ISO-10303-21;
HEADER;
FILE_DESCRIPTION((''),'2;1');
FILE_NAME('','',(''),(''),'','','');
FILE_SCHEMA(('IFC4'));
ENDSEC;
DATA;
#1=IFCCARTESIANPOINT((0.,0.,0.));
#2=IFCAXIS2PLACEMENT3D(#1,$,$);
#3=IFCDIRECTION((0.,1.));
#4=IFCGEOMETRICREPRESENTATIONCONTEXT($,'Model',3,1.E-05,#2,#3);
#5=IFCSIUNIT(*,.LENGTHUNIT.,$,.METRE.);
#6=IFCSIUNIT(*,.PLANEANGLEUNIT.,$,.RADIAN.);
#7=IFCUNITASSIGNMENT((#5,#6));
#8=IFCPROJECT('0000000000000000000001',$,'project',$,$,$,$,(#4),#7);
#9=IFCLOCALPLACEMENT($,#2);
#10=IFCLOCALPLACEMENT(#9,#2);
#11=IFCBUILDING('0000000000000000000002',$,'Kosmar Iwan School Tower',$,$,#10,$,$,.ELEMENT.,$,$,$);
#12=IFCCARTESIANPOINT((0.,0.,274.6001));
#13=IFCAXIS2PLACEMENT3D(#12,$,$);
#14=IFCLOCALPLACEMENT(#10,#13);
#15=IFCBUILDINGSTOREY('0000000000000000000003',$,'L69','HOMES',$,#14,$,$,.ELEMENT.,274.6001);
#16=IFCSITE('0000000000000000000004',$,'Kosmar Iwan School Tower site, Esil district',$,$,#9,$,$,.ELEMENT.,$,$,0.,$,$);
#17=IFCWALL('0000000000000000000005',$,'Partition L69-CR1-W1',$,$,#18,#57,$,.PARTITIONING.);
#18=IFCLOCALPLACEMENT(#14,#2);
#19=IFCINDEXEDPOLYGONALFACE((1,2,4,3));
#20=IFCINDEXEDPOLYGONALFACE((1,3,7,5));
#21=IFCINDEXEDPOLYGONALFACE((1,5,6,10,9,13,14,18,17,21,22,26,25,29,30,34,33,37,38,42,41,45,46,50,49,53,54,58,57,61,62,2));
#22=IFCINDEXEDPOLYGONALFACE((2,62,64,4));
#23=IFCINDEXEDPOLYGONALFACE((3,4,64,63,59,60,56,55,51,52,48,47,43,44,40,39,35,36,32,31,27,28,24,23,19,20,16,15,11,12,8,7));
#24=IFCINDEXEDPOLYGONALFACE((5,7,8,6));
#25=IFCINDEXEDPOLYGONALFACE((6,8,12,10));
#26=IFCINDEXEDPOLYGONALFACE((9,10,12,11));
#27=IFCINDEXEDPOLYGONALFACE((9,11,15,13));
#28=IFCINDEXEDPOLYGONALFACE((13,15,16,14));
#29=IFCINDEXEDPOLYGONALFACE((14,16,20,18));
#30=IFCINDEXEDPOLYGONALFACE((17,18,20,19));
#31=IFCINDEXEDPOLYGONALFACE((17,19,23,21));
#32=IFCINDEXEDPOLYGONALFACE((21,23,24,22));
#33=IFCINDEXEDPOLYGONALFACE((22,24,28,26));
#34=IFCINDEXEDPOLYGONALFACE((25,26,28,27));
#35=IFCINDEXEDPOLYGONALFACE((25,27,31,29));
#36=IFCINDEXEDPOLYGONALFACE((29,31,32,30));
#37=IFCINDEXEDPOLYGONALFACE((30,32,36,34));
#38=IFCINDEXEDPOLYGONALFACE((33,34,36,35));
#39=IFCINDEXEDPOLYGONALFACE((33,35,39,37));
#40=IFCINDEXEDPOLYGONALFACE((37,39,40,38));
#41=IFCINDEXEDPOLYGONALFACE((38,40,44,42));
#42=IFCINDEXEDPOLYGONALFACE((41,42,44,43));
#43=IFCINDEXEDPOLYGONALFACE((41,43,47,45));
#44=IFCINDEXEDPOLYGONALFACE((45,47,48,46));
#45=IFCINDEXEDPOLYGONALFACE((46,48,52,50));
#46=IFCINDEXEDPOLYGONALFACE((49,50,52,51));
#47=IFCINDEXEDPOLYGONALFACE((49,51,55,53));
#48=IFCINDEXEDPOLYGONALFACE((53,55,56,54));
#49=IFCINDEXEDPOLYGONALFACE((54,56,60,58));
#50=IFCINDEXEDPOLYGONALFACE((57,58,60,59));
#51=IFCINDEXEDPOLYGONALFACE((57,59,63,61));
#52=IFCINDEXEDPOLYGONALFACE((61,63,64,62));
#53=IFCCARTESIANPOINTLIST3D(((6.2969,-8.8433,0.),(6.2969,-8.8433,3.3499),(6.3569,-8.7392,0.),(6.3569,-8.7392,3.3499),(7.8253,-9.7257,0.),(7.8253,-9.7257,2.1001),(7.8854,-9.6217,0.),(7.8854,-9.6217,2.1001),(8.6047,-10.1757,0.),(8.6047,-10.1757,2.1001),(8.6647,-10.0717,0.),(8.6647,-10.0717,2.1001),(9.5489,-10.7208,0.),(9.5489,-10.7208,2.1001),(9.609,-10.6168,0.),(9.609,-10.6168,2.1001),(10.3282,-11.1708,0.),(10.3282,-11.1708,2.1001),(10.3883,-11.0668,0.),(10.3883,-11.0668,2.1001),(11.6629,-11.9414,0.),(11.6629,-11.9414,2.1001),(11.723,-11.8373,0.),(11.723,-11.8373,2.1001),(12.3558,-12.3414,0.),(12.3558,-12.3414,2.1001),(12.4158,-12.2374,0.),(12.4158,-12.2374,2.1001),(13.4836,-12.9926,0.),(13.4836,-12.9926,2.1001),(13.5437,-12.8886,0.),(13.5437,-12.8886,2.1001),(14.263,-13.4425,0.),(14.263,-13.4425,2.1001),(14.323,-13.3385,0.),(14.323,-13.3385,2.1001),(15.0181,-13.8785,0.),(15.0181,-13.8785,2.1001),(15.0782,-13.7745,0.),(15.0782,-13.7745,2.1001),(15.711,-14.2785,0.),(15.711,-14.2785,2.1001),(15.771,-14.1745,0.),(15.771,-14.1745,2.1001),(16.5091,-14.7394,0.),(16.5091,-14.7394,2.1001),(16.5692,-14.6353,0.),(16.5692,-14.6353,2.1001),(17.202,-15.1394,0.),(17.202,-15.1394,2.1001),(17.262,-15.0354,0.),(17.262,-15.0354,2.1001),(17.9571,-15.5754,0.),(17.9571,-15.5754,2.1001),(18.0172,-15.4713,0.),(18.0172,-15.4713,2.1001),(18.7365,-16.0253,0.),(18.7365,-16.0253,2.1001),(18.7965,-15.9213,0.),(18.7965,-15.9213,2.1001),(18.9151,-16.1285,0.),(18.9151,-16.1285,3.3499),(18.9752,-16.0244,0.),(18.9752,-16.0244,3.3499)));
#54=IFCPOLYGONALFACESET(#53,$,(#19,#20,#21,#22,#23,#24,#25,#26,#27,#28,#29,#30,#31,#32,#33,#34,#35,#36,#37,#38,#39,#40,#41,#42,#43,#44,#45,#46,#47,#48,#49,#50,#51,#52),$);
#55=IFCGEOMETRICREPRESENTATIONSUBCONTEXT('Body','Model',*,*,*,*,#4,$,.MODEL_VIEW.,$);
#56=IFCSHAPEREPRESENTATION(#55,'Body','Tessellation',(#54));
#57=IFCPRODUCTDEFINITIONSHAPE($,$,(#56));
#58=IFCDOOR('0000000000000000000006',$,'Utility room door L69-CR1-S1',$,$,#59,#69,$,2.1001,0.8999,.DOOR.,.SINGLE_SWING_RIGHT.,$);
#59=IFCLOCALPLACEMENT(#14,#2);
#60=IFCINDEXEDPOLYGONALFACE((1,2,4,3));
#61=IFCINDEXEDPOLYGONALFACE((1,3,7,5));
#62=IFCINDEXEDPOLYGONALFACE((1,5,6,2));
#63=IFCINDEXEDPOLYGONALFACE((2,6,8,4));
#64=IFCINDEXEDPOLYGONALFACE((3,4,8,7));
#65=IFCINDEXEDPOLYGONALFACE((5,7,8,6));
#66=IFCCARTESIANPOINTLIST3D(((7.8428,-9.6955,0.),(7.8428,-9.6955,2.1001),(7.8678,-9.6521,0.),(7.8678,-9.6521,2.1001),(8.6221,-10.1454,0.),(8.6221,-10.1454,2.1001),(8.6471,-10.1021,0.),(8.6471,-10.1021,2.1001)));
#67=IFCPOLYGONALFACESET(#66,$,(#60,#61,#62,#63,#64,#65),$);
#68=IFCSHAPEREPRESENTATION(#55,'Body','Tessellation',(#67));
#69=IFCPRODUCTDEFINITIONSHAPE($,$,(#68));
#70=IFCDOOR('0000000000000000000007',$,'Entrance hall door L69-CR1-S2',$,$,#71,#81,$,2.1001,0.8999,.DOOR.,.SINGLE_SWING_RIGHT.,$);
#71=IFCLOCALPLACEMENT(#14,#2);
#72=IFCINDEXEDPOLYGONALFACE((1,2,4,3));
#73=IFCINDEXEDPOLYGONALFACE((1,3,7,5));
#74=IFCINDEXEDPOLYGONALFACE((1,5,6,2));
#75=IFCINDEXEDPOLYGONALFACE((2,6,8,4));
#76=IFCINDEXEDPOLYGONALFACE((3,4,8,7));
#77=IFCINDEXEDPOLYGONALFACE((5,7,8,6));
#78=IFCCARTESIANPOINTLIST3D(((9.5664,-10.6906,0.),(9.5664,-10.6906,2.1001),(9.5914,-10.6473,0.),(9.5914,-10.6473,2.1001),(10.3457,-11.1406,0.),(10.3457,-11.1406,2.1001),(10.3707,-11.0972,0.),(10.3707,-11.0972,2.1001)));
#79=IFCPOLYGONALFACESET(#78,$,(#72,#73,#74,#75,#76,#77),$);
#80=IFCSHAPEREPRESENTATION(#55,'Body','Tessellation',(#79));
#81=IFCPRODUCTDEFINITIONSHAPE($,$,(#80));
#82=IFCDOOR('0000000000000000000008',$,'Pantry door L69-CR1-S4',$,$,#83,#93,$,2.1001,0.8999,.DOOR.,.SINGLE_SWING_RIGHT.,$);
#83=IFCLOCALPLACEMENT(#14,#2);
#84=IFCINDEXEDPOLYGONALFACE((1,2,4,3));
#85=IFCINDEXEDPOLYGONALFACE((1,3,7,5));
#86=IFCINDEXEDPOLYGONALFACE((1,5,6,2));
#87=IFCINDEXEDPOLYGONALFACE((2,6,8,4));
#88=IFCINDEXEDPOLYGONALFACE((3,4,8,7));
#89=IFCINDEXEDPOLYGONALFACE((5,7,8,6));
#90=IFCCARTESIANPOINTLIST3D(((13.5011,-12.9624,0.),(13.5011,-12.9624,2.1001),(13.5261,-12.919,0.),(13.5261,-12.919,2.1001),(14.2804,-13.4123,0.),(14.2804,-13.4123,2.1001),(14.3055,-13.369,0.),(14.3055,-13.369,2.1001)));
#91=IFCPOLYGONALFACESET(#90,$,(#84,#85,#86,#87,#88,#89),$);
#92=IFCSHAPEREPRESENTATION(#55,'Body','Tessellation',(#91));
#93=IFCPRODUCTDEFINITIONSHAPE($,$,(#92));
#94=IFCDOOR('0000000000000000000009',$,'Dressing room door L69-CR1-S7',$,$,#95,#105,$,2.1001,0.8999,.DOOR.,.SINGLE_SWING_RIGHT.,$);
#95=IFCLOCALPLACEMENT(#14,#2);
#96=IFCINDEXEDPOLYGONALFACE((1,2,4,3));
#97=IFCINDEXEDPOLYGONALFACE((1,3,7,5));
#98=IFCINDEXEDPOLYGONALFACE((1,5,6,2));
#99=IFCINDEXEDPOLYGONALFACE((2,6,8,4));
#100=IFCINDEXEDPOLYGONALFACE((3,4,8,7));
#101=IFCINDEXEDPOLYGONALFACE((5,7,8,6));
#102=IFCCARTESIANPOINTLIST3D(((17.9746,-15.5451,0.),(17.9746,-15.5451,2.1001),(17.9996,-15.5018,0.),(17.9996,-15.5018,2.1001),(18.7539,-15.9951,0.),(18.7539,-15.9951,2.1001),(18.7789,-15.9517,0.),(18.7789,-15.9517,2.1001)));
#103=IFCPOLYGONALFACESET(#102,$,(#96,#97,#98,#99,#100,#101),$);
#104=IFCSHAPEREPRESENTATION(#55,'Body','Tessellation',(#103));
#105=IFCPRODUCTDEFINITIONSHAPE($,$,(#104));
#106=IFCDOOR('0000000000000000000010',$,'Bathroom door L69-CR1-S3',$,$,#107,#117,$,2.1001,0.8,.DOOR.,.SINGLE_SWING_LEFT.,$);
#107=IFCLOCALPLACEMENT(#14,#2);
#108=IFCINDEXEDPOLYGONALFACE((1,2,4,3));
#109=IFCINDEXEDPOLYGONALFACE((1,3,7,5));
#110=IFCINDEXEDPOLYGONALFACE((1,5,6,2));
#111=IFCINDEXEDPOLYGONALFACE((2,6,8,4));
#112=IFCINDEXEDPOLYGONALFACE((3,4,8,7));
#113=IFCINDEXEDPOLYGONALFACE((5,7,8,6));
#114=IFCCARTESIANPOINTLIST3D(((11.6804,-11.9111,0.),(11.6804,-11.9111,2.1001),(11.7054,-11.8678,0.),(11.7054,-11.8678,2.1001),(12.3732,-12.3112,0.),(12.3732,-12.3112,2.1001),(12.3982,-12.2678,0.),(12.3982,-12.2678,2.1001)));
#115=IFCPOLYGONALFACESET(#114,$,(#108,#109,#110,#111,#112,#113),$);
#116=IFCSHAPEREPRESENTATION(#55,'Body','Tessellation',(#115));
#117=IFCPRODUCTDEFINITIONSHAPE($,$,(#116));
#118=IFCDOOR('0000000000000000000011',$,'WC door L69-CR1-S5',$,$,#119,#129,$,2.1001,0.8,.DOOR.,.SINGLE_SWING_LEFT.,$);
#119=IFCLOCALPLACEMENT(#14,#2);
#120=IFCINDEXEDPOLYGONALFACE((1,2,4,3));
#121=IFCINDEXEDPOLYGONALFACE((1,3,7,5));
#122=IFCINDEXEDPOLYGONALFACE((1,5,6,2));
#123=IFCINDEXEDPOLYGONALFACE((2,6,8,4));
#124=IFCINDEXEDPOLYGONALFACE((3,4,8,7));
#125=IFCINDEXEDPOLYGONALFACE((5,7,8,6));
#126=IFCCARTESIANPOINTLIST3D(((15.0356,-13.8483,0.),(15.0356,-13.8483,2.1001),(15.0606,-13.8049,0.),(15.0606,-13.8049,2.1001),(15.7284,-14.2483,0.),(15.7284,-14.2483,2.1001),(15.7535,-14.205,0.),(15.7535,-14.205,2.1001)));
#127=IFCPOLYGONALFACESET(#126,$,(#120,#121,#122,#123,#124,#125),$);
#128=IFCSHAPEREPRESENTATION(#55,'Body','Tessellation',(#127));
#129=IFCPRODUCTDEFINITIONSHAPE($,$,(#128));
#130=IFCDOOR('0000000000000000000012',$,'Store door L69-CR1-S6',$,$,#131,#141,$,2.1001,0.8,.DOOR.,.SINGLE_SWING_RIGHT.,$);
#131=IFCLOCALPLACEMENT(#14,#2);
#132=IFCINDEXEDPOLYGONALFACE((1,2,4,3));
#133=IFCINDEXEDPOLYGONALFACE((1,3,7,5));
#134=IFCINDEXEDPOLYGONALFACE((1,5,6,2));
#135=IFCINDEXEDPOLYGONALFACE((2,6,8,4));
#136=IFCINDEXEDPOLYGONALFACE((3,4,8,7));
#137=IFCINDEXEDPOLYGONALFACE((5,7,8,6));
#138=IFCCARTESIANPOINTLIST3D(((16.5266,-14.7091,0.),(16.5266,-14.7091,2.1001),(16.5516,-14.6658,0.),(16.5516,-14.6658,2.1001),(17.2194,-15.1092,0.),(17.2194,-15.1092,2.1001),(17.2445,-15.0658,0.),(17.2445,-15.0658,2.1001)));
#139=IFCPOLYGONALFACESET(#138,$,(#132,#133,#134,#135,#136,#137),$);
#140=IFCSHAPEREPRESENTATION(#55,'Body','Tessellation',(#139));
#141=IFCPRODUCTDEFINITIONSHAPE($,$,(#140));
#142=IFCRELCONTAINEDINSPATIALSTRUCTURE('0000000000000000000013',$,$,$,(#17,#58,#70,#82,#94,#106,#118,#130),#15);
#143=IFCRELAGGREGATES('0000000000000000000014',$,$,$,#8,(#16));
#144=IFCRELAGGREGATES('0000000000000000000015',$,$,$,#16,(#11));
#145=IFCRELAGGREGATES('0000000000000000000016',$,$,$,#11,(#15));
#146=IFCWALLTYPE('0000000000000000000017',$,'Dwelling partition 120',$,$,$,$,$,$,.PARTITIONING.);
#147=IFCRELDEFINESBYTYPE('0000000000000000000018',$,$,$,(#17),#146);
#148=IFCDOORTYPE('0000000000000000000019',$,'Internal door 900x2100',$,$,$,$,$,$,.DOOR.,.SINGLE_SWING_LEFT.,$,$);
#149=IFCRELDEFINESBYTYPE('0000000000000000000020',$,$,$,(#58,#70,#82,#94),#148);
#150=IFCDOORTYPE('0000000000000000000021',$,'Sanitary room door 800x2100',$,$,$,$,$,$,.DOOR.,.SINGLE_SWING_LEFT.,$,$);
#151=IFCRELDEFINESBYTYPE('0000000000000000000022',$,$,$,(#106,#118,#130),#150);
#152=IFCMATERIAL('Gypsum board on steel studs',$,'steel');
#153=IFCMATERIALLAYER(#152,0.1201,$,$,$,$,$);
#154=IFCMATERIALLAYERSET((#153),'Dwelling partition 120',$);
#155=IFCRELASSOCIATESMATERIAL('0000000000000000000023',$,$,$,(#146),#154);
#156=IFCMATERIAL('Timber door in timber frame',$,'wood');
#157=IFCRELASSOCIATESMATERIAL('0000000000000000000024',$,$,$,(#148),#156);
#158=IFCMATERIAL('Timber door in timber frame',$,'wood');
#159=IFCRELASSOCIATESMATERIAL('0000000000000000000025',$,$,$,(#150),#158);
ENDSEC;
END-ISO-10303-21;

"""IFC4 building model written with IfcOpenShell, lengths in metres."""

from ifc_helpers import new_model, si_unit, direction, frame, frame_2d, origin, place, context, subcontext, project, spatial, rectangle, extrude, material, layer, layer_set, type_object, element, fill, save


model = new_model("IFC4")

# Units and contexts
model_context = context("Model", 3, precision=1e-05, world=origin(), true_north=direction((0.0, 1.0)))
body_context = subcontext(model_context, "Body", "Model", "MODEL_VIEW")
ifc_project = project(units=[si_unit("LENGTHUNIT", "METRE"), si_unit("PLANEANGLEUNIT", "RADIAN")], contexts=[model_context])

# Site, building, storey
site_placement = place(None, origin())
site = spatial("IfcSite", under=ifc_project, at=site_placement, Name="Kosmar Iwan School Tower site, Esil district", CompositionType="ELEMENT", RefElevation=0.0)
building_placement = place(site_placement, origin())
building = spatial("IfcBuilding", under=site, at=building_placement, Name="Kosmar Iwan School Tower", CompositionType="ELEMENT")
storey_placement = place(building_placement, frame((0.0, 0.0, 274.6001)))
storey = spatial("IfcBuildingStorey", under=building, at=storey_placement, Name="L69", Description="HOMES", CompositionType="ELEMENT", Elevation=274.6001)

# Shared definitions
ifc_material_1 = material(Name="Gypsum board on steel studs", Category="steel")
ifc_layer_1 = layer(ifc_material_1, 0.1201)
ifc_layer_set_1 = layer_set([ifc_layer_1], Name="Dwelling partition 120")
wall_type_1 = type_object("IfcWallType", Name="Dwelling partition 120", PredefinedType="PARTITIONING", material=ifc_layer_set_1)

# Wall, openings, doors
wall_1_placement = place(storey_placement, frame((6.3269, -8.7913, 0.0), z_axis=(0.0, 0.0, 1.0), x_axis=(0.866024, -0.500003, 0.0)))
wall_1 = element("IfcWall", 1, at=wall_1_placement, inside=storey, type_object=wall_type_1, Name="Partition L69-CR1-W1", PredefinedType="PARTITIONING", context=body_context, shape_type="SweptSolid", body=[
    extrude(rectangle(XDim=14.5703, YDim=0.1201, at=frame_2d((7.2852, 0.0))), origin(), (0.0, 0.0, 1.0), 3.3499),
])
opening_1_placement = place(wall_1_placement, frame((1.7649, 0.0, 0.0)))
opening_1 = element("IfcOpeningElement", 2, at=opening_1_placement, cuts=wall_1, PredefinedType="OPENING", context=body_context, shape_type="SweptSolid", body=[
    extrude(rectangle(XDim=0.8999, YDim=2.1001, at=frame_2d((0.45, 1.05))), frame((0.0, 0.072, 0.0), z_axis=(0.0, -1.0, 0.0), x_axis=(1.0, 0.0, 0.0)), (0.0, 0.0, 1.0), 0.144),
])
opening_2_placement = place(wall_1_placement, frame((3.7551, 0.0, 0.0)))
opening_2 = element("IfcOpeningElement", 3, at=opening_2_placement, cuts=wall_1, PredefinedType="OPENING", context=body_context, shape_type="SweptSolid", body=[
    extrude(rectangle(XDim=0.8999, YDim=2.1001, at=frame_2d((0.45, 1.05))), frame((0.0, 0.072, 0.0), z_axis=(0.0, -1.0, 0.0), x_axis=(1.0, 0.0, 0.0)), (0.0, 0.0, 1.0), 0.144),
])
opening_3_placement = place(wall_1_placement, frame((6.1963, 0.0, 0.0)))
opening_3 = element("IfcOpeningElement", 4, at=opening_3_placement, cuts=wall_1, PredefinedType="OPENING", context=body_context, shape_type="SweptSolid", body=[
    extrude(rectangle(XDim=0.8, YDim=2.1001, at=frame_2d((0.3999, 1.05))), frame((0.0, 0.072, 0.0), z_axis=(0.0, -1.0, 0.0), x_axis=(1.0, 0.0, 0.0)), (0.0, 0.0, 1.0), 0.144),
])
opening_4_placement = place(wall_1_placement, frame((8.2986, 0.0, 0.0)))
opening_4 = element("IfcOpeningElement", 5, at=opening_4_placement, cuts=wall_1, PredefinedType="OPENING", context=body_context, shape_type="SweptSolid", body=[
    extrude(rectangle(XDim=0.8999, YDim=2.1001, at=frame_2d((0.45, 1.05))), frame((0.0, 0.072, 0.0), z_axis=(0.0, -1.0, 0.0), x_axis=(1.0, 0.0, 0.0)), (0.0, 0.0, 1.0), 0.144),
])
opening_5_placement = place(wall_1_placement, frame((10.0706, 0.0, 0.0)))
opening_5 = element("IfcOpeningElement", 6, at=opening_5_placement, cuts=wall_1, PredefinedType="OPENING", context=body_context, shape_type="SweptSolid", body=[
    extrude(rectangle(XDim=0.8, YDim=2.1001, at=frame_2d((0.3999, 1.05))), frame((0.0, 0.072, 0.0), z_axis=(0.0, -1.0, 0.0), x_axis=(1.0, 0.0, 0.0)), (0.0, 0.0, 1.0), 0.144),
])
opening_6_placement = place(wall_1_placement, frame((11.7922, 0.0, 0.0)))
opening_6 = element("IfcOpeningElement", 7, at=opening_6_placement, cuts=wall_1, PredefinedType="OPENING", context=body_context, shape_type="SweptSolid", body=[
    extrude(rectangle(XDim=0.8, YDim=2.1001, at=frame_2d((0.3999, 1.05))), frame((0.0, 0.072, 0.0), z_axis=(0.0, -1.0, 0.0), x_axis=(1.0, 0.0, 0.0)), (0.0, 0.0, 1.0), 0.144),
])
opening_7_placement = place(wall_1_placement, frame((13.4641, 0.0, 0.0)))
opening_7 = element("IfcOpeningElement", 8, at=opening_7_placement, cuts=wall_1, PredefinedType="OPENING", context=body_context, shape_type="SweptSolid", body=[
    extrude(rectangle(XDim=0.8999, YDim=2.1001, at=frame_2d((0.45, 1.05))), frame((0.0, 0.072, 0.0), z_axis=(0.0, -1.0, 0.0), x_axis=(1.0, 0.0, 0.0)), (0.0, 0.0, 1.0), 0.144),
])
ifc_material_2 = material(Name="Timber door in timber frame", Category="wood")
door_type_1 = type_object("IfcDoorType", Name="Internal door 900x2100", OperationType="SINGLE_SWING_LEFT", PredefinedType="DOOR", material=ifc_material_2)
door_1_placement = place(opening_1_placement, origin())
door_1 = element("IfcDoor", 9, at=door_1_placement, inside=storey, type_object=door_type_1, Name="Utility room door L69-CR1-S1", OperationType="SINGLE_SWING_RIGHT", OverallHeight=2.1001, OverallWidth=0.8999, PredefinedType="DOOR", context=body_context, shape_type="SweptSolid", body=[
    extrude(rectangle(XDim=0.8999, YDim=2.1001, at=frame_2d((0.45, 1.05))), frame((0.0, 0.0249, 0.0), z_axis=(0.0, -1.0, 0.0), x_axis=(1.0, 0.0, 0.0)), (0.0, 0.0, 1.0), 0.05),
])
fill(opening_1, door_1)
door_2_placement = place(opening_2_placement, origin())
door_2 = element("IfcDoor", 10, at=door_2_placement, inside=storey, type_object=door_type_1, Name="Entrance hall door L69-CR1-S2", OperationType="SINGLE_SWING_RIGHT", OverallHeight=2.1001, OverallWidth=0.8999, PredefinedType="DOOR", context=body_context, shape_type="SweptSolid", body=[
    extrude(rectangle(XDim=0.8999, YDim=2.1001, at=frame_2d((0.45, 1.05))), frame((0.0, 0.0249, 0.0), z_axis=(0.0, -1.0, 0.0), x_axis=(1.0, 0.0, 0.0)), (0.0, 0.0, 1.0), 0.05),
])
fill(opening_2, door_2)
door_3_placement = place(opening_4_placement, origin())
door_3 = element("IfcDoor", 11, at=door_3_placement, inside=storey, type_object=door_type_1, Name="Pantry door L69-CR1-S4", OperationType="SINGLE_SWING_RIGHT", OverallHeight=2.1001, OverallWidth=0.8999, PredefinedType="DOOR", context=body_context, shape_type="SweptSolid", body=[
    extrude(rectangle(XDim=0.8999, YDim=2.1001, at=frame_2d((0.45, 1.05))), frame((0.0, 0.0249, 0.0), z_axis=(0.0, -1.0, 0.0), x_axis=(1.0, 0.0, 0.0)), (0.0, 0.0, 1.0), 0.05),
])
fill(opening_4, door_3)
door_4_placement = place(opening_7_placement, origin())
door_4 = element("IfcDoor", 12, at=door_4_placement, inside=storey, type_object=door_type_1, Name="Dressing room door L69-CR1-S7", OperationType="SINGLE_SWING_RIGHT", OverallHeight=2.1001, OverallWidth=0.8999, PredefinedType="DOOR", context=body_context, shape_type="SweptSolid", body=[
    extrude(rectangle(XDim=0.8999, YDim=2.1001, at=frame_2d((0.45, 1.05))), frame((0.0, 0.0249, 0.0), z_axis=(0.0, -1.0, 0.0), x_axis=(1.0, 0.0, 0.0)), (0.0, 0.0, 1.0), 0.05),
])
fill(opening_7, door_4)
ifc_material_3 = material(Name="Timber door in timber frame", Category="wood")
door_type_2 = type_object("IfcDoorType", Name="Sanitary room door 800x2100", OperationType="SINGLE_SWING_LEFT", PredefinedType="DOOR", material=ifc_material_3)
door_5_placement = place(opening_3_placement, origin())
door_5 = element("IfcDoor", 13, at=door_5_placement, inside=storey, type_object=door_type_2, Name="Bathroom door L69-CR1-S3", OperationType="SINGLE_SWING_LEFT", OverallHeight=2.1001, OverallWidth=0.8, PredefinedType="DOOR", context=body_context, shape_type="SweptSolid", body=[
    extrude(rectangle(XDim=0.8, YDim=2.1001, at=frame_2d((0.3999, 1.05))), frame((0.0, 0.0249, 0.0), z_axis=(0.0, -1.0, 0.0), x_axis=(1.0, 0.0, 0.0)), (0.0, 0.0, 1.0), 0.05),
])
fill(opening_3, door_5)
door_6_placement = place(opening_5_placement, origin())
door_6 = element("IfcDoor", 14, at=door_6_placement, inside=storey, type_object=door_type_2, Name="WC door L69-CR1-S5", OperationType="SINGLE_SWING_LEFT", OverallHeight=2.1001, OverallWidth=0.8, PredefinedType="DOOR", context=body_context, shape_type="SweptSolid", body=[
    extrude(rectangle(XDim=0.8, YDim=2.1001, at=frame_2d((0.3999, 1.05))), frame((0.0, 0.0249, 0.0), z_axis=(0.0, -1.0, 0.0), x_axis=(1.0, 0.0, 0.0)), (0.0, 0.0, 1.0), 0.05),
])
fill(opening_5, door_6)
door_7_placement = place(opening_6_placement, origin())
door_7 = element("IfcDoor", 15, at=door_7_placement, inside=storey, type_object=door_type_2, Name="Store door L69-CR1-S6", OperationType="SINGLE_SWING_RIGHT", OverallHeight=2.1001, OverallWidth=0.8, PredefinedType="DOOR", context=body_context, shape_type="SweptSolid", body=[
    extrude(rectangle(XDim=0.8, YDim=2.1001, at=frame_2d((0.3999, 1.05))), frame((0.0, 0.0249, 0.0), z_axis=(0.0, -1.0, 0.0), x_axis=(1.0, 0.0, 0.0)), (0.0, 0.0, 1.0), 0.05),
])
fill(opening_6, door_7)

save(model, "model.ifc")
